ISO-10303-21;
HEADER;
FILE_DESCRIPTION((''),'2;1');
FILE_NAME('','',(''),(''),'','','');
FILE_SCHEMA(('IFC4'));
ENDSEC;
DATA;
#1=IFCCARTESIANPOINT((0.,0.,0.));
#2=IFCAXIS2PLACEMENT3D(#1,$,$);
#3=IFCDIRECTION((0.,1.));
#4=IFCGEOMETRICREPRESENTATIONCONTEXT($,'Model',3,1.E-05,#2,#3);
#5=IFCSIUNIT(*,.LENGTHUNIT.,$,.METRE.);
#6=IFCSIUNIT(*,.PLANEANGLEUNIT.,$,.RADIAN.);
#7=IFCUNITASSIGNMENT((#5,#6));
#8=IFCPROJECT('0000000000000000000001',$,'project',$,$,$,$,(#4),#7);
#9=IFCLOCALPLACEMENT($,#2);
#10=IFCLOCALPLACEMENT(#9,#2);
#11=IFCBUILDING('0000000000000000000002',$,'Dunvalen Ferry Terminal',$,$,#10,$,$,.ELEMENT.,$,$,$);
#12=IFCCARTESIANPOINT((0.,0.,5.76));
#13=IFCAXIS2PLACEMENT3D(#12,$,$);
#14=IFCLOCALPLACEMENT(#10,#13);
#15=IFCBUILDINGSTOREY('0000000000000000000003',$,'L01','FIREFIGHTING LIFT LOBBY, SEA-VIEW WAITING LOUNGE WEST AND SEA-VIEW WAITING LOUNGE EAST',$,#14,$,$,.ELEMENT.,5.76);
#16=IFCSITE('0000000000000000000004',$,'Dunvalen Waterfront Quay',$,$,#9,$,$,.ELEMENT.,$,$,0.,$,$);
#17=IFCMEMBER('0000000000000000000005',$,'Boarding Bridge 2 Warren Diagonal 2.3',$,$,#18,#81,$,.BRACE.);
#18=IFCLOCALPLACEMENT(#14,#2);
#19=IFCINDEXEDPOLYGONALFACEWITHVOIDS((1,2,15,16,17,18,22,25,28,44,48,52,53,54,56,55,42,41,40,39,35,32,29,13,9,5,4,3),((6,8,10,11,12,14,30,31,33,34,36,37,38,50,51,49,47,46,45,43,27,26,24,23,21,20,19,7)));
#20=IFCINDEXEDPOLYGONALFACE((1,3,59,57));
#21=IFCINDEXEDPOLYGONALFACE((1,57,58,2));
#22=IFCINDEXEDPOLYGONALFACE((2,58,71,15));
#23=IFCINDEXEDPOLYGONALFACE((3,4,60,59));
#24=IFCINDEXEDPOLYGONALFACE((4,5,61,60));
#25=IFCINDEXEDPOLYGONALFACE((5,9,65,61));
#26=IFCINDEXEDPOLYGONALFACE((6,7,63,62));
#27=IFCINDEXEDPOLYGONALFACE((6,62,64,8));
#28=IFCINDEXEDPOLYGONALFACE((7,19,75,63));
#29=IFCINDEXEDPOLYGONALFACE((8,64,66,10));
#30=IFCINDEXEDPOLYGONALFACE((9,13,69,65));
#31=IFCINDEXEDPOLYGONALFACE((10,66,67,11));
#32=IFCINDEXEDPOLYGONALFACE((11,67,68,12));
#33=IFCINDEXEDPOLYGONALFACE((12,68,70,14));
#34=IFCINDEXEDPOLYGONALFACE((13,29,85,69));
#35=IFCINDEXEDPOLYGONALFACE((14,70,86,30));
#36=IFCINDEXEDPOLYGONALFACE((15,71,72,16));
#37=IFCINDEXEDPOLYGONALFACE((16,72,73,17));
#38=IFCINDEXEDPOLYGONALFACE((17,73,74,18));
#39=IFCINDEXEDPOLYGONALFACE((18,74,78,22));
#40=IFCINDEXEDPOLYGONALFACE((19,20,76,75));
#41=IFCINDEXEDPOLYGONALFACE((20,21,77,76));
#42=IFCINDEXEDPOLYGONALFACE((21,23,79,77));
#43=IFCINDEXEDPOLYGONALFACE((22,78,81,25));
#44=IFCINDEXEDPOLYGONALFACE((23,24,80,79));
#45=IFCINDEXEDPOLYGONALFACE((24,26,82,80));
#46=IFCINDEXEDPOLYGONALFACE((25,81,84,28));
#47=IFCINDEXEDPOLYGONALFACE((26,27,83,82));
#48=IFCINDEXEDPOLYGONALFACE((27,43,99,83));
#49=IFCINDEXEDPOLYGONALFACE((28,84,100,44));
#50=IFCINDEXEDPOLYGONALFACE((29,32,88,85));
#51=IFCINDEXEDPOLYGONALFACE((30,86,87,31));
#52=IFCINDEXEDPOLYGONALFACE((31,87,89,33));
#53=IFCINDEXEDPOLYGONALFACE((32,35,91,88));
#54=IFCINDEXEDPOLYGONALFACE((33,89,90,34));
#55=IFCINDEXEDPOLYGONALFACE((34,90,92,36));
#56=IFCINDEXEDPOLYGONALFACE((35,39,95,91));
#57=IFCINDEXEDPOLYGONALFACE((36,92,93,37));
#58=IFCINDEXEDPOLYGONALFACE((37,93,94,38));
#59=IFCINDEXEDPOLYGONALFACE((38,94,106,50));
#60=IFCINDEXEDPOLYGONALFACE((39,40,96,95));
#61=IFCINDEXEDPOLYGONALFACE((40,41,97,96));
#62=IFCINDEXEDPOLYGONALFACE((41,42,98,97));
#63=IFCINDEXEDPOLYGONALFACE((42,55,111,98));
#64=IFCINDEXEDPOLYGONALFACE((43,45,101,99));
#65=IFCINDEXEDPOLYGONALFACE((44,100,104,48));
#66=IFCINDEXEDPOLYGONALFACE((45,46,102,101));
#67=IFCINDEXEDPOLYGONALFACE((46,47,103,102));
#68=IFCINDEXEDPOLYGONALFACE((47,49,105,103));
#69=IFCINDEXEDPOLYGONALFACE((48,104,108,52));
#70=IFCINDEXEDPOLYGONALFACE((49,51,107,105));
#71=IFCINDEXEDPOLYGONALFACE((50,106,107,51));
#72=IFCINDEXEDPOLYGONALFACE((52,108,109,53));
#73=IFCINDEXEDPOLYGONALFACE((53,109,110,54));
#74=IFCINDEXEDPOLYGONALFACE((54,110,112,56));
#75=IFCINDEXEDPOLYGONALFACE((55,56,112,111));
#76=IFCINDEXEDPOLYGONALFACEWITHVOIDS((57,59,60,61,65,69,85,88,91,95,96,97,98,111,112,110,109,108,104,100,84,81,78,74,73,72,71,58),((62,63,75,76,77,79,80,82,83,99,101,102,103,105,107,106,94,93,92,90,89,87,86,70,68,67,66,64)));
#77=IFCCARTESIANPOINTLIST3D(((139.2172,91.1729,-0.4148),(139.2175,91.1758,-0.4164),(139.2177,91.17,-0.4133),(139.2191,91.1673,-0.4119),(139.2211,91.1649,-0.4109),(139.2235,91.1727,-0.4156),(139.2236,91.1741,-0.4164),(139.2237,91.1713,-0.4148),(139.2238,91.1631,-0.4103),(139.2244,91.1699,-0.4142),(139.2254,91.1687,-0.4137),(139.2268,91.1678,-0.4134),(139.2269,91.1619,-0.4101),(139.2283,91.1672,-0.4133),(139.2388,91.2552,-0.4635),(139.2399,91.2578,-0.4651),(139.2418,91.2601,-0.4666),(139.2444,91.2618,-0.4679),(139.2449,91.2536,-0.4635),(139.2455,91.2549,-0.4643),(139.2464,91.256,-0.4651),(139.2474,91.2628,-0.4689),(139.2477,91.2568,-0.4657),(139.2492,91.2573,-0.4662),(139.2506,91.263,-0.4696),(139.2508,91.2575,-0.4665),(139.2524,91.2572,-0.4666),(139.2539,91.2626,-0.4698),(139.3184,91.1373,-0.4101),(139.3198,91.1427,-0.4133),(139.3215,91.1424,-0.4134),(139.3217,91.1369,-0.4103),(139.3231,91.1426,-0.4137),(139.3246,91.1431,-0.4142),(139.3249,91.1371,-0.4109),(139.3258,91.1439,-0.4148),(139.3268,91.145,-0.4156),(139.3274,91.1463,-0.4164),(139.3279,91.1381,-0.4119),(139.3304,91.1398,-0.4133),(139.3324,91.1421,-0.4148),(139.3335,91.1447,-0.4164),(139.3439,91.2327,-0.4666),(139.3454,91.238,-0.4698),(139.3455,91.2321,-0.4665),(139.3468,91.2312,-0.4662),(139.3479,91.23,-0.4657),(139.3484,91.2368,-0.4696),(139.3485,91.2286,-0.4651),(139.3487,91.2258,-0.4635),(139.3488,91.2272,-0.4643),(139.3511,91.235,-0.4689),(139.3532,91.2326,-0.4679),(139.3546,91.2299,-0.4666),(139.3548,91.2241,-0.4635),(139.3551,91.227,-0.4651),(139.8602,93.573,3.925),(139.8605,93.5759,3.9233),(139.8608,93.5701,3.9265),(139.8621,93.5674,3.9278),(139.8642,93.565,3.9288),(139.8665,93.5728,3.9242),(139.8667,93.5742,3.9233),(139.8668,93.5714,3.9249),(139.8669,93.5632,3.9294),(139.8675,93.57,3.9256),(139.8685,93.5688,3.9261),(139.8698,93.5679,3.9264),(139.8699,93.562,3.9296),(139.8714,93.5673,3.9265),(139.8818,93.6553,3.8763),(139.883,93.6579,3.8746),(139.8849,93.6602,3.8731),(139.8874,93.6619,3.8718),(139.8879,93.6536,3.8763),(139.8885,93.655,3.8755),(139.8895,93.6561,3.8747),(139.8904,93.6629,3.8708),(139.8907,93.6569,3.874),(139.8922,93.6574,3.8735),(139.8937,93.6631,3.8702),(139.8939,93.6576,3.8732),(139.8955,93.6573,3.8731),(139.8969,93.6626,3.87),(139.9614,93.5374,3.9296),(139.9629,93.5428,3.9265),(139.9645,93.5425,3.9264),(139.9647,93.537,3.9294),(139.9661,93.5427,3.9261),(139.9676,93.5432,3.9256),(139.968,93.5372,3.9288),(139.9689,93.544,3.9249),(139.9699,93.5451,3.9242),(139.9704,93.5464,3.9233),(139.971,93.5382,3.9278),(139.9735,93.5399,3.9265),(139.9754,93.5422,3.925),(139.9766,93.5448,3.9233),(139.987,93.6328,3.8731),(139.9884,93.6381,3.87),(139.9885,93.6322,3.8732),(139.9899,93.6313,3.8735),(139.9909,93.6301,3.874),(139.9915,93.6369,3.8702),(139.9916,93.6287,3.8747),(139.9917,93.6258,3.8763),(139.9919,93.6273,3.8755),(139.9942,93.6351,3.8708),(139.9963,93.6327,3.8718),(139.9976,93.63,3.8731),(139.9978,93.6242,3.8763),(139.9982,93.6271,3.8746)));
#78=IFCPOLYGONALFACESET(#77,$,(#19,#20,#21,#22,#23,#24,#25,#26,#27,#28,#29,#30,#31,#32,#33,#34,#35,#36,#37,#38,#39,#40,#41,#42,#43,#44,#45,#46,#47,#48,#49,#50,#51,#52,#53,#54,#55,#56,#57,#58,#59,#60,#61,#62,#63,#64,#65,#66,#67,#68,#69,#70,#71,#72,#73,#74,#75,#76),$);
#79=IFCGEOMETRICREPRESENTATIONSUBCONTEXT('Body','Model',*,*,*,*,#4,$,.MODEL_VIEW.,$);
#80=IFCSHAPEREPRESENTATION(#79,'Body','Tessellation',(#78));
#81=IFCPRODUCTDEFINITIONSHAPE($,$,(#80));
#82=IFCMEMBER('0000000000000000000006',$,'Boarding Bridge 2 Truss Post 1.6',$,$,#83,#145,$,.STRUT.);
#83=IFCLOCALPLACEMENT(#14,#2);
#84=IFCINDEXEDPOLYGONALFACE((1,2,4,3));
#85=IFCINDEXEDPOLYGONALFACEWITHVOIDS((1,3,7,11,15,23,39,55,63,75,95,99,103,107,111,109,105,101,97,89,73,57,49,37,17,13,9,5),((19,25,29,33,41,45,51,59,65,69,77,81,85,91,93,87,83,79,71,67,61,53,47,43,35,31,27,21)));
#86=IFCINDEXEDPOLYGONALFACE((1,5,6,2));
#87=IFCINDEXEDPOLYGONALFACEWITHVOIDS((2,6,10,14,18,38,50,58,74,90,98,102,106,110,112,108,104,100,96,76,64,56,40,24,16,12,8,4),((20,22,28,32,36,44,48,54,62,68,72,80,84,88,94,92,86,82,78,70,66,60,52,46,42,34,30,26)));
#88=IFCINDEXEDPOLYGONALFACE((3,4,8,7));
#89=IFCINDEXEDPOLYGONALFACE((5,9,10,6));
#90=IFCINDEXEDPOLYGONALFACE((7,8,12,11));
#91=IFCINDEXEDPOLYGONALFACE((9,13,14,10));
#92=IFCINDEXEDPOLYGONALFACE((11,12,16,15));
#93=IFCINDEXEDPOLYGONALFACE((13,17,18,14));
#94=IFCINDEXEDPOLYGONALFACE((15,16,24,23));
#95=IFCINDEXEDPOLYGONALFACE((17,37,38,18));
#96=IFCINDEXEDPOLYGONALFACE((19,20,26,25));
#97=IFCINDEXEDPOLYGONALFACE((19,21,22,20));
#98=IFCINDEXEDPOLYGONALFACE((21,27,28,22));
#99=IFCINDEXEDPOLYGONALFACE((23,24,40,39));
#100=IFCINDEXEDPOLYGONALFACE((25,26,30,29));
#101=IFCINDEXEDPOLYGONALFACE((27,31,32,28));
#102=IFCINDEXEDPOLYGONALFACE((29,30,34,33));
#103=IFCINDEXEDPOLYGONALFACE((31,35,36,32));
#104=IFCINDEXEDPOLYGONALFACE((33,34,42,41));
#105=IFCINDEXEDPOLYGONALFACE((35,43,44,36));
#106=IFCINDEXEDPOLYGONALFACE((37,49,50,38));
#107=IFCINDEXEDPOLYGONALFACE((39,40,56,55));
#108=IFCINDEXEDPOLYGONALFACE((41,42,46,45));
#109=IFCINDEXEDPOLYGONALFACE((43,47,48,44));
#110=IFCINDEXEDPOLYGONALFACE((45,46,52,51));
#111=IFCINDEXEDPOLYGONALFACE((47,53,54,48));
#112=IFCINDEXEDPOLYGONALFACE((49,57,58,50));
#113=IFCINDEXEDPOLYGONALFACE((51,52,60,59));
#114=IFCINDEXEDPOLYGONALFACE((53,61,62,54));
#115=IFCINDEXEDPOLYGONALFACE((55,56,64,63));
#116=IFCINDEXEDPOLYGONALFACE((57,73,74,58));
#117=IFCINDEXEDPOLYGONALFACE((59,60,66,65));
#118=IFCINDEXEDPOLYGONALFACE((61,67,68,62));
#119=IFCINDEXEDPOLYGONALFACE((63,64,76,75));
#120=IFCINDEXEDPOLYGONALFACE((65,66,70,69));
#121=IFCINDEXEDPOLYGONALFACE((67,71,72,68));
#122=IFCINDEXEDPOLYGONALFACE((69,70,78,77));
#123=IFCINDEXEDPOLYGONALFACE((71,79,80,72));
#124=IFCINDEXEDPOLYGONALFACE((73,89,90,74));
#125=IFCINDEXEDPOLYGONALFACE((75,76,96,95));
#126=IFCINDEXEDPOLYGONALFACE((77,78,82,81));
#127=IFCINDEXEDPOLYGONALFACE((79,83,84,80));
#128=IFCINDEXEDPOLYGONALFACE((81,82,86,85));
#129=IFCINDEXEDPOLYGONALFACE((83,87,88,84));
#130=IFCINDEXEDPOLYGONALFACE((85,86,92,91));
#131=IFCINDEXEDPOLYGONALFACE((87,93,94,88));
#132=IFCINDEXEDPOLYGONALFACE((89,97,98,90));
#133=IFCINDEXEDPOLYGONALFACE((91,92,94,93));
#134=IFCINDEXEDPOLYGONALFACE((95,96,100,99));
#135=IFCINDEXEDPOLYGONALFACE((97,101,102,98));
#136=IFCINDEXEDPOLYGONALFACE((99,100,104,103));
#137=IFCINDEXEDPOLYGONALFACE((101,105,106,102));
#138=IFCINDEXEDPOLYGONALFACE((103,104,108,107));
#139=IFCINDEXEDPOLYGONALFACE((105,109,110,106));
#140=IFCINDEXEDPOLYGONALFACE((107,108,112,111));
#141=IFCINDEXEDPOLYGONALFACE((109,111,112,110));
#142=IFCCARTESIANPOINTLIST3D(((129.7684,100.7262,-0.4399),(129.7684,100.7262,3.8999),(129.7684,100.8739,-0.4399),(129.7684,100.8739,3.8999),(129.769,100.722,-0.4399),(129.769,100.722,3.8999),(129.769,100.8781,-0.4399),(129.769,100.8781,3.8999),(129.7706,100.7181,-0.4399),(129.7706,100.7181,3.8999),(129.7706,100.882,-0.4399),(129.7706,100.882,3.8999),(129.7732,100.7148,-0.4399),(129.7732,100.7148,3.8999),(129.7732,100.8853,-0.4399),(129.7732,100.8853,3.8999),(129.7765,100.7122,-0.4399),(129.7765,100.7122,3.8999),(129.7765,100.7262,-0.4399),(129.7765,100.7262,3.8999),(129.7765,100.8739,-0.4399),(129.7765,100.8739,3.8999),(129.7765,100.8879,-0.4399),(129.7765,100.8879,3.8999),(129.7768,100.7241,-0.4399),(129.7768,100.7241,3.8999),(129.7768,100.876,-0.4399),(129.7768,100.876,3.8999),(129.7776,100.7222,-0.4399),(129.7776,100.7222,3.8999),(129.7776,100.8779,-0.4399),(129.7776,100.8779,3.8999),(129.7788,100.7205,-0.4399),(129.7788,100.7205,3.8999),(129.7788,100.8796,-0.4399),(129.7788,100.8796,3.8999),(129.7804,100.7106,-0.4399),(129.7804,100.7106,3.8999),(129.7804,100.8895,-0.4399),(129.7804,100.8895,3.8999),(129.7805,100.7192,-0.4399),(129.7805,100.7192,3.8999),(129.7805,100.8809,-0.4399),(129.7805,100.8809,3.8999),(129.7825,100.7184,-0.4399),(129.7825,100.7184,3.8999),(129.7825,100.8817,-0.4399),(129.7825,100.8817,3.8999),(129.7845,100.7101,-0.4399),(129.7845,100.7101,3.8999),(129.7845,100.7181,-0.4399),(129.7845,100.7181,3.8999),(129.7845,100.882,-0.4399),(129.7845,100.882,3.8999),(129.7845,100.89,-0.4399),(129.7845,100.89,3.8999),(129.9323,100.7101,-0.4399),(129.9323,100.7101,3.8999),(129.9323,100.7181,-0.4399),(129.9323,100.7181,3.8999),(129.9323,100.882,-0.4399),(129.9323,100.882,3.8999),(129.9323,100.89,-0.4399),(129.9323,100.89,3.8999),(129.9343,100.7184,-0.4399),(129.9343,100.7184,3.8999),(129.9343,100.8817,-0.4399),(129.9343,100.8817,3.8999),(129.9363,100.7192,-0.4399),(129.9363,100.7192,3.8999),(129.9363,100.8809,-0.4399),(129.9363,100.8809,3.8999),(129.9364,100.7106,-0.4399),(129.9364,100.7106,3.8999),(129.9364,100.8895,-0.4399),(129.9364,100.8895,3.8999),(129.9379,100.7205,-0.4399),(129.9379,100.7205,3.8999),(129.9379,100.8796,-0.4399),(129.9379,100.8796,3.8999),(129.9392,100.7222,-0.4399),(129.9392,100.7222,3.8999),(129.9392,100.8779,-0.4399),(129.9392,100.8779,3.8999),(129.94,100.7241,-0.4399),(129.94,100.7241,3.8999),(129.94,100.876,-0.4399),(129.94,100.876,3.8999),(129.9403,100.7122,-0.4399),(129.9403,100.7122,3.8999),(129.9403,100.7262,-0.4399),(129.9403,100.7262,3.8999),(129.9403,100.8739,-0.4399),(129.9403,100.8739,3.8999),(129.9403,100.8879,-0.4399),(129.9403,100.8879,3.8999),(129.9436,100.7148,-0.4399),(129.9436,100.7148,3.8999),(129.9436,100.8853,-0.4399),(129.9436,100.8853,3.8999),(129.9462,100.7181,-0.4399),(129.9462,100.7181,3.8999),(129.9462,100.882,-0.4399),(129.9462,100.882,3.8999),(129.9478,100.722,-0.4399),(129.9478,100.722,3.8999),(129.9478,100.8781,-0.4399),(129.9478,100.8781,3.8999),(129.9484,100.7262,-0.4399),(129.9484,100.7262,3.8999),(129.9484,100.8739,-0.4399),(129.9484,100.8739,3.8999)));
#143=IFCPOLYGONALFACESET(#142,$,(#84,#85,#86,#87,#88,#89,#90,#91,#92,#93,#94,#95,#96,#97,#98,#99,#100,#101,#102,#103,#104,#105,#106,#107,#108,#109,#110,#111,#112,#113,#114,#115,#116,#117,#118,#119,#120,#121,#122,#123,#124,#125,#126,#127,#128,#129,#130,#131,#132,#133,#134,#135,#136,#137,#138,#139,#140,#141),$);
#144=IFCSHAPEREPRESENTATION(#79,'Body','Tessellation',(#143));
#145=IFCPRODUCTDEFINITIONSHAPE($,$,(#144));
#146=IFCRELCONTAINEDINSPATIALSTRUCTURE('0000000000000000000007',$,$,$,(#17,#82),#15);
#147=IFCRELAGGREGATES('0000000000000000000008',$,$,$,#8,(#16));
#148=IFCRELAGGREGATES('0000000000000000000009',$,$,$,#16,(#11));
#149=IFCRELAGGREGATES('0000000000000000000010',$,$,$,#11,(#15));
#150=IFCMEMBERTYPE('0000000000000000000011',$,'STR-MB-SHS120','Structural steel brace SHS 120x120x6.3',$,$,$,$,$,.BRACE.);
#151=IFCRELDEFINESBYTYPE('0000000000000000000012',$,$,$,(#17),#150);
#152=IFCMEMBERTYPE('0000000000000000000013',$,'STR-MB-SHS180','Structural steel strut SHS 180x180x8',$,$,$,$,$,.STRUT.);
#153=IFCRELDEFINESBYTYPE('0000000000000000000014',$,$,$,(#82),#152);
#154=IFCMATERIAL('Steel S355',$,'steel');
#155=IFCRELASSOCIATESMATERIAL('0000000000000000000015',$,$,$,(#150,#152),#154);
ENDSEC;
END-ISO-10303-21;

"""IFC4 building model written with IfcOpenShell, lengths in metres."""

from ifc_helpers import new_model, si_unit, direction, frame, origin, origin_2d, place, context, subcontext, project, spatial, hollow_rectangle, extrude, material, material_profile, profile_set, type_object, element, save


model = new_model("IFC4")

# Units and contexts
model_context = context("Model", 3, precision=1e-05, world=origin(), true_north=direction((0.0, 1.0)))
body_context = subcontext(model_context, "Body", "Model", "MODEL_VIEW")
ifc_project = project(units=[si_unit("LENGTHUNIT", "METRE"), si_unit("PLANEANGLEUNIT", "RADIAN")], contexts=[model_context])

# Site, building, storey
site_placement = place(None, origin())
site = spatial("IfcSite", under=ifc_project, at=site_placement, Name="Dunvalen Waterfront Quay", CompositionType="ELEMENT", RefElevation=0.0)
building_placement = place(site_placement, origin())
building = spatial("IfcBuilding", under=site, at=building_placement, Name="Dunvalen Ferry Terminal", CompositionType="ELEMENT")
storey_placement = place(building_placement, frame((0.0, 0.0, 5.76)))
storey = spatial("IfcBuildingStorey", under=building, at=storey_placement, Name="L01", Description="FIREFIGHTING LIFT LOBBY, SEA-VIEW WAITING LOUNGE WEST AND SEA-VIEW WAITING LOUNGE EAST", CompositionType="ELEMENT", Elevation=5.76)

# Members
ifc_material_1 = material(Name="Steel S355", Category="steel")
ifc_material_profile_1 = material_profile(ifc_material_1, hollow_rectangle(XDim=0.1201, YDim=0.1201, WallThickness=0.0063, InnerFilletRadius=0.0063, OuterFilletRadius=0.0127, at=origin_2d()), Name="Steel S355")
ifc_profile_set_1 = profile_set([ifc_material_profile_1], Name="Steel S355")
member_type_1 = type_object("IfcMemberType", Name="STR-MB-SHS120", Description="Structural steel brace SHS 120x120x6.3", PredefinedType="BRACE", material=ifc_profile_set_1)
for number, where, z_axis, x_axis, name in (
    (1, (139.2861, 91.2, -0.4399), (0.128591, 0.479948, 0.867822), (-0.965931, 0.2588, 0.0), "Boarding Bridge 2 Warren Diagonal 2.3"),
):
    element("IfcMember", number, at=place(storey_placement, frame(where, z_axis=z_axis, x_axis=x_axis)), inside=storey, type_object=member_type_1, Name=name, PredefinedType="BRACE", context=body_context, shape_type="SweptSolid", body=[
        extrude(hollow_rectangle(XDim=0.1201, YDim=0.1201, WallThickness=0.0063, InnerFilletRadius=0.0063, OuterFilletRadius=0.0127, at=origin_2d()), origin(), (0.0, 0.0, 1.0), 5.0007),
    ])
ifc_material_profile_2 = material_profile(ifc_material_1, hollow_rectangle(XDim=0.1799, YDim=0.1799, WallThickness=0.0081, InnerFilletRadius=0.0081, OuterFilletRadius=0.0161, at=origin_2d()), Name="Steel S355")
ifc_profile_set_2 = profile_set([ifc_material_profile_2], Name="Steel S355")
member_type_2 = type_object("IfcMemberType", Name="STR-MB-SHS180", Description="Structural steel strut SHS 180x180x8", PredefinedType="STRUT", material=ifc_profile_set_2)
for number, where, z_axis, x_axis, name in (
    (2, (129.8584, 100.8, -0.4399), (0.0, 0.0, 1.0), (1.0, 0.0, 0.0), "Boarding Bridge 2 Truss Post 1.6"),
):
    element("IfcMember", number, at=place(storey_placement, frame(where, z_axis=z_axis, x_axis=x_axis)), inside=storey, type_object=member_type_2, Name=name, PredefinedType="STRUT", context=body_context, shape_type="SweptSolid", body=[
        extrude(hollow_rectangle(XDim=0.1799, YDim=0.1799, WallThickness=0.0081, InnerFilletRadius=0.0081, OuterFilletRadius=0.0161, at=origin_2d()), origin(), (0.0, 0.0, 1.0), 4.3398),
    ])

save(model, "model.ifc")
